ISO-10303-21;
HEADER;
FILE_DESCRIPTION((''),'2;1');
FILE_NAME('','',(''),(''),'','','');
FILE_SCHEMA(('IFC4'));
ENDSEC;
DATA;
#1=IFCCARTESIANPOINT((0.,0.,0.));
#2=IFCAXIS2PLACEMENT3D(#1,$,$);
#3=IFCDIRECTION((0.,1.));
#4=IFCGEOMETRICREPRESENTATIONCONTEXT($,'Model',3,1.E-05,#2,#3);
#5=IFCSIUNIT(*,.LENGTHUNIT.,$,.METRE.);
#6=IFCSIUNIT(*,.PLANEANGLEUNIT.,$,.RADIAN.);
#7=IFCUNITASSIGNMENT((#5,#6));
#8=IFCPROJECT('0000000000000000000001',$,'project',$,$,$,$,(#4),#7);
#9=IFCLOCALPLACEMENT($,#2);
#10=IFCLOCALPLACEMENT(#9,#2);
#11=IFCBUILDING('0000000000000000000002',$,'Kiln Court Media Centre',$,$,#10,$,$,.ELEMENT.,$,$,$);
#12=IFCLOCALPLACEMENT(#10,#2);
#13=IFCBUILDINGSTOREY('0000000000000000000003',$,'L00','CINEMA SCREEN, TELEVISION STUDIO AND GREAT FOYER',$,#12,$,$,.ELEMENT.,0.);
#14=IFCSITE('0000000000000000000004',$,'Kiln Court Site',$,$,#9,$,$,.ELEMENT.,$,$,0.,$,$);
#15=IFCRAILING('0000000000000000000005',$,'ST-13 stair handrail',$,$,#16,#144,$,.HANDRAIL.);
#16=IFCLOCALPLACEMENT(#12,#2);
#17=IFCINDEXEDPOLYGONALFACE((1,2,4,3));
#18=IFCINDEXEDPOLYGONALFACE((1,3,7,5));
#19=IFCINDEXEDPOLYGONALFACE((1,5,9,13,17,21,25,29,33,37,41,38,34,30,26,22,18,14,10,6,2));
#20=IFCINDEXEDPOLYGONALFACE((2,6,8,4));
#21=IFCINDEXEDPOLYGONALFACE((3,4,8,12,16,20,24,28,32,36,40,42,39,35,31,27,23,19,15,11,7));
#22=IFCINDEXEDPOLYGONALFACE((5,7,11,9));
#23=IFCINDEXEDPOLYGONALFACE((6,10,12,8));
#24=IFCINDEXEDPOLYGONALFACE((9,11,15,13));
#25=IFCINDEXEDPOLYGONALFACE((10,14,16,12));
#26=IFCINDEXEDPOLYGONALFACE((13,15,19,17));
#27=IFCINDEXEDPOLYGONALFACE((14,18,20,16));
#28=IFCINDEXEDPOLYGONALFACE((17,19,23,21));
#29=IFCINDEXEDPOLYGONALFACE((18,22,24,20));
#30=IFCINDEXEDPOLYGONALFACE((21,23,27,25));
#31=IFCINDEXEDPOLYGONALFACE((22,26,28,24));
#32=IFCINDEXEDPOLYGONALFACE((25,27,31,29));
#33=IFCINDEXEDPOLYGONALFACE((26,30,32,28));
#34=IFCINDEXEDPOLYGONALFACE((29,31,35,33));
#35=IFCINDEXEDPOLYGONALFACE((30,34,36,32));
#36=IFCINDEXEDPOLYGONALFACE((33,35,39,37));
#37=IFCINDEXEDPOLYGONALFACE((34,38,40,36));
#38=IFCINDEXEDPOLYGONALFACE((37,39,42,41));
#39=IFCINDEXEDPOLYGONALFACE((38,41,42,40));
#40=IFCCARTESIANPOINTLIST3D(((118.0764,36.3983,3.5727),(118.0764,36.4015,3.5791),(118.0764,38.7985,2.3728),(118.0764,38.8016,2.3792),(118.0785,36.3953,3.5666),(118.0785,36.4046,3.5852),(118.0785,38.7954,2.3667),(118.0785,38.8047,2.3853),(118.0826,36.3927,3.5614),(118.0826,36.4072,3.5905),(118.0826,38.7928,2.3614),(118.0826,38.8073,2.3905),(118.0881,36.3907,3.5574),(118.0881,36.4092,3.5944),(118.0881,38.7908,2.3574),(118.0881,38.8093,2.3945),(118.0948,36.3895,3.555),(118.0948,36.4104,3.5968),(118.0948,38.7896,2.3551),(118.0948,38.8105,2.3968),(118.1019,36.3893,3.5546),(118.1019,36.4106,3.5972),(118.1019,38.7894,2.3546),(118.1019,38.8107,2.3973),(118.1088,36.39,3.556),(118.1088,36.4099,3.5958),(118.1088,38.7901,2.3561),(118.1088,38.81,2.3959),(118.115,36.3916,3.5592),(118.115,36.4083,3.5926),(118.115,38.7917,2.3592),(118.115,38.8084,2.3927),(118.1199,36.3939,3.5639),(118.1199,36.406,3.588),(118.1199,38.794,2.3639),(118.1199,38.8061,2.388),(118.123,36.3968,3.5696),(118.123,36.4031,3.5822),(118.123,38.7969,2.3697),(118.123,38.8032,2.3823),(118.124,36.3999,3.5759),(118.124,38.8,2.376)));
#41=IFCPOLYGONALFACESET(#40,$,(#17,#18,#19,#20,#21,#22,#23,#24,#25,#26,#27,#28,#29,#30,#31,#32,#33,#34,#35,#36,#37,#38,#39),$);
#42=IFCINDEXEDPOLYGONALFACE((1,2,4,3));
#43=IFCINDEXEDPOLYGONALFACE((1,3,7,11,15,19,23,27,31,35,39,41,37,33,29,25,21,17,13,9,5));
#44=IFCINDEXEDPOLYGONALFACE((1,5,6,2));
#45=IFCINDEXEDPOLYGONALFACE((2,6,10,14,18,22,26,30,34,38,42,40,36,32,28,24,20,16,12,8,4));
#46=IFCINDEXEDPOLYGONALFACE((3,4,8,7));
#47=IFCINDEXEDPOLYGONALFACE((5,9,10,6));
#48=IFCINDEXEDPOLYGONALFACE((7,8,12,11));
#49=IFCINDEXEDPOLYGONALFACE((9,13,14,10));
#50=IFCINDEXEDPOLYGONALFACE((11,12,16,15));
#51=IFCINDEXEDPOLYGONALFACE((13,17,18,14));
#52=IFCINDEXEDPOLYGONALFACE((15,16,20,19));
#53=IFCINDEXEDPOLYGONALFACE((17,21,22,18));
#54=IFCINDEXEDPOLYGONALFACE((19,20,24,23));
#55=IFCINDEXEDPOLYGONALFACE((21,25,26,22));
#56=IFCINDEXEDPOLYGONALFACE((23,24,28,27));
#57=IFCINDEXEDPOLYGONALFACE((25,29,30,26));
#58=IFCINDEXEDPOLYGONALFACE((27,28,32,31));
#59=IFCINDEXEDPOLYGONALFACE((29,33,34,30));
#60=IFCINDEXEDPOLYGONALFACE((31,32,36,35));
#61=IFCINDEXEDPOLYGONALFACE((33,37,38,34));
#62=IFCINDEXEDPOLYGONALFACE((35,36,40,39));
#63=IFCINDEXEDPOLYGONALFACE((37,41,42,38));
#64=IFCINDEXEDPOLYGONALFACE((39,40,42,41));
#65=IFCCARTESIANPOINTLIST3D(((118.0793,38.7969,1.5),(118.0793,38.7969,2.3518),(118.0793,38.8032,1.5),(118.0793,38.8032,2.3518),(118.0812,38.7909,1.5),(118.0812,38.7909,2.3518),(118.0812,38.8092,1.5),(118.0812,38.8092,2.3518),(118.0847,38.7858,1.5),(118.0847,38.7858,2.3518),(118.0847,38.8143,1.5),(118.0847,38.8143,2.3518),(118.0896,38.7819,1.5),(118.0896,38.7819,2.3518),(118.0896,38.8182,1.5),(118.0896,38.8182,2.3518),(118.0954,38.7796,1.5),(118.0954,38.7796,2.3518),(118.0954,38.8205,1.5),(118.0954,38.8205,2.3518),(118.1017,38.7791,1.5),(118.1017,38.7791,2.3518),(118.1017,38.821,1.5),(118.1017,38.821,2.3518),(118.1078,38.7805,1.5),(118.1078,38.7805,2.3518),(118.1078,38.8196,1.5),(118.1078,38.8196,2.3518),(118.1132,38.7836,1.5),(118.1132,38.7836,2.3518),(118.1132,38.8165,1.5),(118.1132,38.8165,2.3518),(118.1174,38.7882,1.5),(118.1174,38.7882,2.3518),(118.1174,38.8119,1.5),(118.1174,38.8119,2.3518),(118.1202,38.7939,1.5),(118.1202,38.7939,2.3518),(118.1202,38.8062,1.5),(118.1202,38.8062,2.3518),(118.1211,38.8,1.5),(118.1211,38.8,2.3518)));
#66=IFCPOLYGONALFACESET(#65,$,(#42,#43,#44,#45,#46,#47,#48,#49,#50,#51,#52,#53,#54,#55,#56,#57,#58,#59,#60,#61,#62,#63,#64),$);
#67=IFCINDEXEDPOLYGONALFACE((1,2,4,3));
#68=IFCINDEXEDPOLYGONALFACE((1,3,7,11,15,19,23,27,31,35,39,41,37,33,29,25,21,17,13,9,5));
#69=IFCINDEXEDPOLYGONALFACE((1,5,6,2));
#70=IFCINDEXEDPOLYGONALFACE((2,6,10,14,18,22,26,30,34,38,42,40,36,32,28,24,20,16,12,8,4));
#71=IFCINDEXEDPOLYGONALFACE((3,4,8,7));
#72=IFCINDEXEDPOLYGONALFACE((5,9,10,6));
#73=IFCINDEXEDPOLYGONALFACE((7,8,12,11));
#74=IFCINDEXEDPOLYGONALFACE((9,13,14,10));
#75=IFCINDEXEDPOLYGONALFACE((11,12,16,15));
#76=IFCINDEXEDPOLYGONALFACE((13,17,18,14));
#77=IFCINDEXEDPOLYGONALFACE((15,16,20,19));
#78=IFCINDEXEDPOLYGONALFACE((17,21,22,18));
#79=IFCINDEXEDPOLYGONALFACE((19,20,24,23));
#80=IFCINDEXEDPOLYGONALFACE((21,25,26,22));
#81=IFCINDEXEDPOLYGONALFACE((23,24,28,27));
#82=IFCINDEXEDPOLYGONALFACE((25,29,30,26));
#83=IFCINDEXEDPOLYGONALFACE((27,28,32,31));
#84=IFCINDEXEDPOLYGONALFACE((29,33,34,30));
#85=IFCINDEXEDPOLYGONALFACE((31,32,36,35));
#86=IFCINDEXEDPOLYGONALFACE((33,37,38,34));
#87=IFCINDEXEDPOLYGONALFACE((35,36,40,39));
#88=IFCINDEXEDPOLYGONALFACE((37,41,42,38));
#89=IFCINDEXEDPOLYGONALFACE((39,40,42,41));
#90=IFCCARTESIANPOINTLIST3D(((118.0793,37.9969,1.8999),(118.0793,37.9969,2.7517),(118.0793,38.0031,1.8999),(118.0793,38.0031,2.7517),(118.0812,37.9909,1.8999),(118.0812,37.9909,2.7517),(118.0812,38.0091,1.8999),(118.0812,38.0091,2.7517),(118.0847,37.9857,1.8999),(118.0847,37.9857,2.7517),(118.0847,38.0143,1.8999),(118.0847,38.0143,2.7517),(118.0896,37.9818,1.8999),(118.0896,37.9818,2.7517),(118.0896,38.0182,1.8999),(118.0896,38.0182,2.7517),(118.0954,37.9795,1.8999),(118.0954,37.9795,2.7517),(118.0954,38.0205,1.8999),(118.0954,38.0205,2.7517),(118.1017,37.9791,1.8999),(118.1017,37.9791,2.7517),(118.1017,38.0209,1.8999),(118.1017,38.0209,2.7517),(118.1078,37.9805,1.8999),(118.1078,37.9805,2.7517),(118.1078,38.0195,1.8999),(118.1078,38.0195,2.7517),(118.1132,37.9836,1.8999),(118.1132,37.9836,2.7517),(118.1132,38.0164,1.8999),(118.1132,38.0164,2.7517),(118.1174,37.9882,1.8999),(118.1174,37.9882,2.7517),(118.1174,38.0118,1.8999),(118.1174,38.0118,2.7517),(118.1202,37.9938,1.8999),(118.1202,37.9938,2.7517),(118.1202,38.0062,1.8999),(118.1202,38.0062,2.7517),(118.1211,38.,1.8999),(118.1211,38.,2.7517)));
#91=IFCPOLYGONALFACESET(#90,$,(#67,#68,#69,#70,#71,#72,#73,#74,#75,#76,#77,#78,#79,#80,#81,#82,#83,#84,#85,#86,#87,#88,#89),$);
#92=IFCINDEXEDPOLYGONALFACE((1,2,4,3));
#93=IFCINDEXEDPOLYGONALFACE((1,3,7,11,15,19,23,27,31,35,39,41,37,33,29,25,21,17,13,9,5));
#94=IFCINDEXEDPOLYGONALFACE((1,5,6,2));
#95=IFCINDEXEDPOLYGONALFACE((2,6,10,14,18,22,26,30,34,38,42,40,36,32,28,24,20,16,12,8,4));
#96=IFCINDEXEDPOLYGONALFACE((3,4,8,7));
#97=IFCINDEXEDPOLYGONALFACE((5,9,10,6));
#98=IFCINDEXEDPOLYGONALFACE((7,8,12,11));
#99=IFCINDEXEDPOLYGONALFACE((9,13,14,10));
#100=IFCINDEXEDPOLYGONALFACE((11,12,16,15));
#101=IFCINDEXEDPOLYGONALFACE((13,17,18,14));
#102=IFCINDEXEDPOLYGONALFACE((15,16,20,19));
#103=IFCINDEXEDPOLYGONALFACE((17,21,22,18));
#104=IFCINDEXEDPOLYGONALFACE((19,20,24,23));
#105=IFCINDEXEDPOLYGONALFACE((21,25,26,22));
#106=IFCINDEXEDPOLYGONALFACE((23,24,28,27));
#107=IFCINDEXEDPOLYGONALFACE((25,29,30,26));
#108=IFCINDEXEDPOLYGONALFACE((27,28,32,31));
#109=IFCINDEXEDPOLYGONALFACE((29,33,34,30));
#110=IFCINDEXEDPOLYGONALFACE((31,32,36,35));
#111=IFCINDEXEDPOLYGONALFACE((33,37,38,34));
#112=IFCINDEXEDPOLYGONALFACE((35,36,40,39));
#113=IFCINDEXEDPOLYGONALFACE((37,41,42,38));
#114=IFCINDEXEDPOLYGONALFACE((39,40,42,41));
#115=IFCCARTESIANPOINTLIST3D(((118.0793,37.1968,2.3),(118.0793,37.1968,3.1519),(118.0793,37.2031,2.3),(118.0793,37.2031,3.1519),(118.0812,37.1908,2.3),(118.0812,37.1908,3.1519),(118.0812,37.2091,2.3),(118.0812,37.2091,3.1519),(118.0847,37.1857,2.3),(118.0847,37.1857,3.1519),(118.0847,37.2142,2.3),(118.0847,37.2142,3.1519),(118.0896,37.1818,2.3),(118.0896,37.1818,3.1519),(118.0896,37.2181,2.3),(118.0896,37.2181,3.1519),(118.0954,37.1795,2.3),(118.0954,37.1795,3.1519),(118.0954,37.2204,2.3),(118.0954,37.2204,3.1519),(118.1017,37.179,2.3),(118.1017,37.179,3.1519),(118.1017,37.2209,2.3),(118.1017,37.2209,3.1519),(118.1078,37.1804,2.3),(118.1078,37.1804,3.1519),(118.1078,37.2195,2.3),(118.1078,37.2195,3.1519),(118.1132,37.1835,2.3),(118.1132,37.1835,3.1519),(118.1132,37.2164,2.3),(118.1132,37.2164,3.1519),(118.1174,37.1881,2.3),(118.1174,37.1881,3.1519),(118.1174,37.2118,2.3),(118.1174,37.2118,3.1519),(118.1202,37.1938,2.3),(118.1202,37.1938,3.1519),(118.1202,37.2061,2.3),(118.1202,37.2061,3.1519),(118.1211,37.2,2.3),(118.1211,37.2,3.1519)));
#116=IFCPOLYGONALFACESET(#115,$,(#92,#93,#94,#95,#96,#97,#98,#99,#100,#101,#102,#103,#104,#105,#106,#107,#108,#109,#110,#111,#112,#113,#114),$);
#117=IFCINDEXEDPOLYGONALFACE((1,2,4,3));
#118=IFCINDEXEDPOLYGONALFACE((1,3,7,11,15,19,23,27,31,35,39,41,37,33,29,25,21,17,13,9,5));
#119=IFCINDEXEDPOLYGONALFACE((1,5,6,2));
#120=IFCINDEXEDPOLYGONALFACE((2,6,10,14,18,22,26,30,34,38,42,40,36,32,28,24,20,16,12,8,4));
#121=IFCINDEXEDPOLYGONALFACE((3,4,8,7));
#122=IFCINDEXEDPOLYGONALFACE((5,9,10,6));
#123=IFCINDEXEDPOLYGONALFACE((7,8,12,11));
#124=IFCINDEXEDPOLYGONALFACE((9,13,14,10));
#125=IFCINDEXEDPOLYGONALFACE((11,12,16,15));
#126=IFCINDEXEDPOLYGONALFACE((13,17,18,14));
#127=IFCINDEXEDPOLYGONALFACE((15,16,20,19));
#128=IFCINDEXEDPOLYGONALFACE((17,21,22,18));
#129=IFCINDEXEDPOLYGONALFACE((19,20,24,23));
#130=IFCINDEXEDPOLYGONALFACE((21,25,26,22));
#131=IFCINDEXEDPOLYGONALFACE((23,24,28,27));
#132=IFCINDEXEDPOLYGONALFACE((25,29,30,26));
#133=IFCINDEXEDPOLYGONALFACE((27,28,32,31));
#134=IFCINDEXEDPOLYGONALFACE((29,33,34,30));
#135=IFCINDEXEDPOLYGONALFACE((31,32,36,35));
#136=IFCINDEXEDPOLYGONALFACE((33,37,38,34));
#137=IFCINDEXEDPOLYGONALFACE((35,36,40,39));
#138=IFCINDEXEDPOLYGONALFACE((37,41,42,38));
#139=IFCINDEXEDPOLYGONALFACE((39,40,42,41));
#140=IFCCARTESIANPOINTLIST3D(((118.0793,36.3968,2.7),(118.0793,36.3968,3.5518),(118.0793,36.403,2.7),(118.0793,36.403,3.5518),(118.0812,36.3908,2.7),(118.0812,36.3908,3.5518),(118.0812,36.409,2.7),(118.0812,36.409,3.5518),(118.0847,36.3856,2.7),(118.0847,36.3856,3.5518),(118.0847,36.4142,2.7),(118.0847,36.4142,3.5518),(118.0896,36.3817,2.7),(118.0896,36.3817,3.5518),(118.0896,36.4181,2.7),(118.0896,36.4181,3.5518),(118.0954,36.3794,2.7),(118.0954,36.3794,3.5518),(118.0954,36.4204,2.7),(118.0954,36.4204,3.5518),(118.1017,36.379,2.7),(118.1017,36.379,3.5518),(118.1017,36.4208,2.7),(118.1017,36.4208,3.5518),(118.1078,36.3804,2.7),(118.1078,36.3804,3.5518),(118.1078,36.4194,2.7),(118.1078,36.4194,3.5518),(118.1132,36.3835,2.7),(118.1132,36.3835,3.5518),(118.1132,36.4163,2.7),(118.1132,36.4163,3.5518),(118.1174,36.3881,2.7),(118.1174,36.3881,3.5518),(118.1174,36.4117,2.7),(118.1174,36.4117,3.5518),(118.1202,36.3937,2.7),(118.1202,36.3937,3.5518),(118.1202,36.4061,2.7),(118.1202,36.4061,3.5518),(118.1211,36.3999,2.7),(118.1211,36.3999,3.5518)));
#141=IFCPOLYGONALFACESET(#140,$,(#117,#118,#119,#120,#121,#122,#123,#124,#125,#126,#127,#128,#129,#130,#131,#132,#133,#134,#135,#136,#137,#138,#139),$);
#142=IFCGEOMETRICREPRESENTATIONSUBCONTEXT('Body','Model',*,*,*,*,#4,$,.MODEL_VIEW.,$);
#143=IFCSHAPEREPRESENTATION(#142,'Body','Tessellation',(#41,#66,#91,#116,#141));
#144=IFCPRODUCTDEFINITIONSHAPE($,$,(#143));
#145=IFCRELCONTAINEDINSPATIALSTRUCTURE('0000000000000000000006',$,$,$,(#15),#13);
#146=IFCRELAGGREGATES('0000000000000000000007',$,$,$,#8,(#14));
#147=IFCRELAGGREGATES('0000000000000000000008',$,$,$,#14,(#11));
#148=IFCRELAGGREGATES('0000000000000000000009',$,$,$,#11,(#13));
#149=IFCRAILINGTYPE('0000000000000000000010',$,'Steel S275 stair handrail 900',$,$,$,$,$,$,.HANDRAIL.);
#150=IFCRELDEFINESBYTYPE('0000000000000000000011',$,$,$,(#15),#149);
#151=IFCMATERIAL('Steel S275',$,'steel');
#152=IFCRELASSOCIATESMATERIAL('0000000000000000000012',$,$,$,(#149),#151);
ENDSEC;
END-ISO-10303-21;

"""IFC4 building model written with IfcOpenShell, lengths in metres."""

from ifc_helpers import new_model, si_unit, direction, frame, origin, origin_2d, place, context, subcontext, project, spatial, circle, extrude, material, type_object, element, save


model = new_model("IFC4")

# Units and contexts
model_context = context("Model", 3, precision=1e-05, world=origin(), true_north=direction((0.0, 1.0)))
body_context = subcontext(model_context, "Body", "Model", "MODEL_VIEW")
ifc_project = project(units=[si_unit("LENGTHUNIT", "METRE"), si_unit("PLANEANGLEUNIT", "RADIAN")], contexts=[model_context])

# Site, building, storey
site_placement = place(None, origin())
site = spatial("IfcSite", under=ifc_project, at=site_placement, Name="Kiln Court Site", CompositionType="ELEMENT", RefElevation=0.0)
building_placement = place(site_placement, origin())
building = spatial("IfcBuilding", under=site, at=building_placement, Name="Kiln Court Media Centre", CompositionType="ELEMENT")
storey_placement = place(building_placement, origin())
storey = spatial("IfcBuildingStorey", under=building, at=storey_placement, Name="L00", Description="CINEMA SCREEN, TELEVISION STUDIO AND GREAT FOYER", CompositionType="ELEMENT", Elevation=0.0)

# Railing
ifc_material_1 = material(Name="Steel S275", Category="steel")
railing_type_1 = type_object("IfcRailingType", Name="Steel S275 stair handrail 900", PredefinedType="HANDRAIL", material=ifc_material_1)
for number, where, name in (
    (1, (118.1001, 38.8, 1.5), "ST-13 stair handrail"),
):
    element("IfcRailing", number, at=place(storey_placement, frame(where)), inside=storey, type_object=railing_type_1, Name=name, PredefinedType="HANDRAIL", context=body_context, shape_type="SweptSolid", body=[
        extrude(circle(Radius=0.0239, at=origin_2d()), frame((0.0, 0.0, 0.876), z_axis=(0.0, -0.894445, 0.447177), x_axis=(1.0, 0.0, 0.0)), (0.0, 0.0, 1.0), 2.6833),
        extrude(circle(Radius=0.021, at=origin_2d()), origin(), (0.0, 0.0, 1.0), 0.8518),
        extrude(circle(Radius=0.021, at=origin_2d()), frame((0.0, -0.8, 0.3999)), (0.0, 0.0, 1.0), 0.8518),
        extrude(circle(Radius=0.021, at=origin_2d()), frame((0.0, -1.6001, 0.8)), (0.0, 0.0, 1.0), 0.8518),
        extrude(circle(Radius=0.021, at=origin_2d()), frame((0.0, -2.4001, 1.2)), (0.0, 0.0, 1.0), 0.8518),
    ])

save(model, "model.ifc")
